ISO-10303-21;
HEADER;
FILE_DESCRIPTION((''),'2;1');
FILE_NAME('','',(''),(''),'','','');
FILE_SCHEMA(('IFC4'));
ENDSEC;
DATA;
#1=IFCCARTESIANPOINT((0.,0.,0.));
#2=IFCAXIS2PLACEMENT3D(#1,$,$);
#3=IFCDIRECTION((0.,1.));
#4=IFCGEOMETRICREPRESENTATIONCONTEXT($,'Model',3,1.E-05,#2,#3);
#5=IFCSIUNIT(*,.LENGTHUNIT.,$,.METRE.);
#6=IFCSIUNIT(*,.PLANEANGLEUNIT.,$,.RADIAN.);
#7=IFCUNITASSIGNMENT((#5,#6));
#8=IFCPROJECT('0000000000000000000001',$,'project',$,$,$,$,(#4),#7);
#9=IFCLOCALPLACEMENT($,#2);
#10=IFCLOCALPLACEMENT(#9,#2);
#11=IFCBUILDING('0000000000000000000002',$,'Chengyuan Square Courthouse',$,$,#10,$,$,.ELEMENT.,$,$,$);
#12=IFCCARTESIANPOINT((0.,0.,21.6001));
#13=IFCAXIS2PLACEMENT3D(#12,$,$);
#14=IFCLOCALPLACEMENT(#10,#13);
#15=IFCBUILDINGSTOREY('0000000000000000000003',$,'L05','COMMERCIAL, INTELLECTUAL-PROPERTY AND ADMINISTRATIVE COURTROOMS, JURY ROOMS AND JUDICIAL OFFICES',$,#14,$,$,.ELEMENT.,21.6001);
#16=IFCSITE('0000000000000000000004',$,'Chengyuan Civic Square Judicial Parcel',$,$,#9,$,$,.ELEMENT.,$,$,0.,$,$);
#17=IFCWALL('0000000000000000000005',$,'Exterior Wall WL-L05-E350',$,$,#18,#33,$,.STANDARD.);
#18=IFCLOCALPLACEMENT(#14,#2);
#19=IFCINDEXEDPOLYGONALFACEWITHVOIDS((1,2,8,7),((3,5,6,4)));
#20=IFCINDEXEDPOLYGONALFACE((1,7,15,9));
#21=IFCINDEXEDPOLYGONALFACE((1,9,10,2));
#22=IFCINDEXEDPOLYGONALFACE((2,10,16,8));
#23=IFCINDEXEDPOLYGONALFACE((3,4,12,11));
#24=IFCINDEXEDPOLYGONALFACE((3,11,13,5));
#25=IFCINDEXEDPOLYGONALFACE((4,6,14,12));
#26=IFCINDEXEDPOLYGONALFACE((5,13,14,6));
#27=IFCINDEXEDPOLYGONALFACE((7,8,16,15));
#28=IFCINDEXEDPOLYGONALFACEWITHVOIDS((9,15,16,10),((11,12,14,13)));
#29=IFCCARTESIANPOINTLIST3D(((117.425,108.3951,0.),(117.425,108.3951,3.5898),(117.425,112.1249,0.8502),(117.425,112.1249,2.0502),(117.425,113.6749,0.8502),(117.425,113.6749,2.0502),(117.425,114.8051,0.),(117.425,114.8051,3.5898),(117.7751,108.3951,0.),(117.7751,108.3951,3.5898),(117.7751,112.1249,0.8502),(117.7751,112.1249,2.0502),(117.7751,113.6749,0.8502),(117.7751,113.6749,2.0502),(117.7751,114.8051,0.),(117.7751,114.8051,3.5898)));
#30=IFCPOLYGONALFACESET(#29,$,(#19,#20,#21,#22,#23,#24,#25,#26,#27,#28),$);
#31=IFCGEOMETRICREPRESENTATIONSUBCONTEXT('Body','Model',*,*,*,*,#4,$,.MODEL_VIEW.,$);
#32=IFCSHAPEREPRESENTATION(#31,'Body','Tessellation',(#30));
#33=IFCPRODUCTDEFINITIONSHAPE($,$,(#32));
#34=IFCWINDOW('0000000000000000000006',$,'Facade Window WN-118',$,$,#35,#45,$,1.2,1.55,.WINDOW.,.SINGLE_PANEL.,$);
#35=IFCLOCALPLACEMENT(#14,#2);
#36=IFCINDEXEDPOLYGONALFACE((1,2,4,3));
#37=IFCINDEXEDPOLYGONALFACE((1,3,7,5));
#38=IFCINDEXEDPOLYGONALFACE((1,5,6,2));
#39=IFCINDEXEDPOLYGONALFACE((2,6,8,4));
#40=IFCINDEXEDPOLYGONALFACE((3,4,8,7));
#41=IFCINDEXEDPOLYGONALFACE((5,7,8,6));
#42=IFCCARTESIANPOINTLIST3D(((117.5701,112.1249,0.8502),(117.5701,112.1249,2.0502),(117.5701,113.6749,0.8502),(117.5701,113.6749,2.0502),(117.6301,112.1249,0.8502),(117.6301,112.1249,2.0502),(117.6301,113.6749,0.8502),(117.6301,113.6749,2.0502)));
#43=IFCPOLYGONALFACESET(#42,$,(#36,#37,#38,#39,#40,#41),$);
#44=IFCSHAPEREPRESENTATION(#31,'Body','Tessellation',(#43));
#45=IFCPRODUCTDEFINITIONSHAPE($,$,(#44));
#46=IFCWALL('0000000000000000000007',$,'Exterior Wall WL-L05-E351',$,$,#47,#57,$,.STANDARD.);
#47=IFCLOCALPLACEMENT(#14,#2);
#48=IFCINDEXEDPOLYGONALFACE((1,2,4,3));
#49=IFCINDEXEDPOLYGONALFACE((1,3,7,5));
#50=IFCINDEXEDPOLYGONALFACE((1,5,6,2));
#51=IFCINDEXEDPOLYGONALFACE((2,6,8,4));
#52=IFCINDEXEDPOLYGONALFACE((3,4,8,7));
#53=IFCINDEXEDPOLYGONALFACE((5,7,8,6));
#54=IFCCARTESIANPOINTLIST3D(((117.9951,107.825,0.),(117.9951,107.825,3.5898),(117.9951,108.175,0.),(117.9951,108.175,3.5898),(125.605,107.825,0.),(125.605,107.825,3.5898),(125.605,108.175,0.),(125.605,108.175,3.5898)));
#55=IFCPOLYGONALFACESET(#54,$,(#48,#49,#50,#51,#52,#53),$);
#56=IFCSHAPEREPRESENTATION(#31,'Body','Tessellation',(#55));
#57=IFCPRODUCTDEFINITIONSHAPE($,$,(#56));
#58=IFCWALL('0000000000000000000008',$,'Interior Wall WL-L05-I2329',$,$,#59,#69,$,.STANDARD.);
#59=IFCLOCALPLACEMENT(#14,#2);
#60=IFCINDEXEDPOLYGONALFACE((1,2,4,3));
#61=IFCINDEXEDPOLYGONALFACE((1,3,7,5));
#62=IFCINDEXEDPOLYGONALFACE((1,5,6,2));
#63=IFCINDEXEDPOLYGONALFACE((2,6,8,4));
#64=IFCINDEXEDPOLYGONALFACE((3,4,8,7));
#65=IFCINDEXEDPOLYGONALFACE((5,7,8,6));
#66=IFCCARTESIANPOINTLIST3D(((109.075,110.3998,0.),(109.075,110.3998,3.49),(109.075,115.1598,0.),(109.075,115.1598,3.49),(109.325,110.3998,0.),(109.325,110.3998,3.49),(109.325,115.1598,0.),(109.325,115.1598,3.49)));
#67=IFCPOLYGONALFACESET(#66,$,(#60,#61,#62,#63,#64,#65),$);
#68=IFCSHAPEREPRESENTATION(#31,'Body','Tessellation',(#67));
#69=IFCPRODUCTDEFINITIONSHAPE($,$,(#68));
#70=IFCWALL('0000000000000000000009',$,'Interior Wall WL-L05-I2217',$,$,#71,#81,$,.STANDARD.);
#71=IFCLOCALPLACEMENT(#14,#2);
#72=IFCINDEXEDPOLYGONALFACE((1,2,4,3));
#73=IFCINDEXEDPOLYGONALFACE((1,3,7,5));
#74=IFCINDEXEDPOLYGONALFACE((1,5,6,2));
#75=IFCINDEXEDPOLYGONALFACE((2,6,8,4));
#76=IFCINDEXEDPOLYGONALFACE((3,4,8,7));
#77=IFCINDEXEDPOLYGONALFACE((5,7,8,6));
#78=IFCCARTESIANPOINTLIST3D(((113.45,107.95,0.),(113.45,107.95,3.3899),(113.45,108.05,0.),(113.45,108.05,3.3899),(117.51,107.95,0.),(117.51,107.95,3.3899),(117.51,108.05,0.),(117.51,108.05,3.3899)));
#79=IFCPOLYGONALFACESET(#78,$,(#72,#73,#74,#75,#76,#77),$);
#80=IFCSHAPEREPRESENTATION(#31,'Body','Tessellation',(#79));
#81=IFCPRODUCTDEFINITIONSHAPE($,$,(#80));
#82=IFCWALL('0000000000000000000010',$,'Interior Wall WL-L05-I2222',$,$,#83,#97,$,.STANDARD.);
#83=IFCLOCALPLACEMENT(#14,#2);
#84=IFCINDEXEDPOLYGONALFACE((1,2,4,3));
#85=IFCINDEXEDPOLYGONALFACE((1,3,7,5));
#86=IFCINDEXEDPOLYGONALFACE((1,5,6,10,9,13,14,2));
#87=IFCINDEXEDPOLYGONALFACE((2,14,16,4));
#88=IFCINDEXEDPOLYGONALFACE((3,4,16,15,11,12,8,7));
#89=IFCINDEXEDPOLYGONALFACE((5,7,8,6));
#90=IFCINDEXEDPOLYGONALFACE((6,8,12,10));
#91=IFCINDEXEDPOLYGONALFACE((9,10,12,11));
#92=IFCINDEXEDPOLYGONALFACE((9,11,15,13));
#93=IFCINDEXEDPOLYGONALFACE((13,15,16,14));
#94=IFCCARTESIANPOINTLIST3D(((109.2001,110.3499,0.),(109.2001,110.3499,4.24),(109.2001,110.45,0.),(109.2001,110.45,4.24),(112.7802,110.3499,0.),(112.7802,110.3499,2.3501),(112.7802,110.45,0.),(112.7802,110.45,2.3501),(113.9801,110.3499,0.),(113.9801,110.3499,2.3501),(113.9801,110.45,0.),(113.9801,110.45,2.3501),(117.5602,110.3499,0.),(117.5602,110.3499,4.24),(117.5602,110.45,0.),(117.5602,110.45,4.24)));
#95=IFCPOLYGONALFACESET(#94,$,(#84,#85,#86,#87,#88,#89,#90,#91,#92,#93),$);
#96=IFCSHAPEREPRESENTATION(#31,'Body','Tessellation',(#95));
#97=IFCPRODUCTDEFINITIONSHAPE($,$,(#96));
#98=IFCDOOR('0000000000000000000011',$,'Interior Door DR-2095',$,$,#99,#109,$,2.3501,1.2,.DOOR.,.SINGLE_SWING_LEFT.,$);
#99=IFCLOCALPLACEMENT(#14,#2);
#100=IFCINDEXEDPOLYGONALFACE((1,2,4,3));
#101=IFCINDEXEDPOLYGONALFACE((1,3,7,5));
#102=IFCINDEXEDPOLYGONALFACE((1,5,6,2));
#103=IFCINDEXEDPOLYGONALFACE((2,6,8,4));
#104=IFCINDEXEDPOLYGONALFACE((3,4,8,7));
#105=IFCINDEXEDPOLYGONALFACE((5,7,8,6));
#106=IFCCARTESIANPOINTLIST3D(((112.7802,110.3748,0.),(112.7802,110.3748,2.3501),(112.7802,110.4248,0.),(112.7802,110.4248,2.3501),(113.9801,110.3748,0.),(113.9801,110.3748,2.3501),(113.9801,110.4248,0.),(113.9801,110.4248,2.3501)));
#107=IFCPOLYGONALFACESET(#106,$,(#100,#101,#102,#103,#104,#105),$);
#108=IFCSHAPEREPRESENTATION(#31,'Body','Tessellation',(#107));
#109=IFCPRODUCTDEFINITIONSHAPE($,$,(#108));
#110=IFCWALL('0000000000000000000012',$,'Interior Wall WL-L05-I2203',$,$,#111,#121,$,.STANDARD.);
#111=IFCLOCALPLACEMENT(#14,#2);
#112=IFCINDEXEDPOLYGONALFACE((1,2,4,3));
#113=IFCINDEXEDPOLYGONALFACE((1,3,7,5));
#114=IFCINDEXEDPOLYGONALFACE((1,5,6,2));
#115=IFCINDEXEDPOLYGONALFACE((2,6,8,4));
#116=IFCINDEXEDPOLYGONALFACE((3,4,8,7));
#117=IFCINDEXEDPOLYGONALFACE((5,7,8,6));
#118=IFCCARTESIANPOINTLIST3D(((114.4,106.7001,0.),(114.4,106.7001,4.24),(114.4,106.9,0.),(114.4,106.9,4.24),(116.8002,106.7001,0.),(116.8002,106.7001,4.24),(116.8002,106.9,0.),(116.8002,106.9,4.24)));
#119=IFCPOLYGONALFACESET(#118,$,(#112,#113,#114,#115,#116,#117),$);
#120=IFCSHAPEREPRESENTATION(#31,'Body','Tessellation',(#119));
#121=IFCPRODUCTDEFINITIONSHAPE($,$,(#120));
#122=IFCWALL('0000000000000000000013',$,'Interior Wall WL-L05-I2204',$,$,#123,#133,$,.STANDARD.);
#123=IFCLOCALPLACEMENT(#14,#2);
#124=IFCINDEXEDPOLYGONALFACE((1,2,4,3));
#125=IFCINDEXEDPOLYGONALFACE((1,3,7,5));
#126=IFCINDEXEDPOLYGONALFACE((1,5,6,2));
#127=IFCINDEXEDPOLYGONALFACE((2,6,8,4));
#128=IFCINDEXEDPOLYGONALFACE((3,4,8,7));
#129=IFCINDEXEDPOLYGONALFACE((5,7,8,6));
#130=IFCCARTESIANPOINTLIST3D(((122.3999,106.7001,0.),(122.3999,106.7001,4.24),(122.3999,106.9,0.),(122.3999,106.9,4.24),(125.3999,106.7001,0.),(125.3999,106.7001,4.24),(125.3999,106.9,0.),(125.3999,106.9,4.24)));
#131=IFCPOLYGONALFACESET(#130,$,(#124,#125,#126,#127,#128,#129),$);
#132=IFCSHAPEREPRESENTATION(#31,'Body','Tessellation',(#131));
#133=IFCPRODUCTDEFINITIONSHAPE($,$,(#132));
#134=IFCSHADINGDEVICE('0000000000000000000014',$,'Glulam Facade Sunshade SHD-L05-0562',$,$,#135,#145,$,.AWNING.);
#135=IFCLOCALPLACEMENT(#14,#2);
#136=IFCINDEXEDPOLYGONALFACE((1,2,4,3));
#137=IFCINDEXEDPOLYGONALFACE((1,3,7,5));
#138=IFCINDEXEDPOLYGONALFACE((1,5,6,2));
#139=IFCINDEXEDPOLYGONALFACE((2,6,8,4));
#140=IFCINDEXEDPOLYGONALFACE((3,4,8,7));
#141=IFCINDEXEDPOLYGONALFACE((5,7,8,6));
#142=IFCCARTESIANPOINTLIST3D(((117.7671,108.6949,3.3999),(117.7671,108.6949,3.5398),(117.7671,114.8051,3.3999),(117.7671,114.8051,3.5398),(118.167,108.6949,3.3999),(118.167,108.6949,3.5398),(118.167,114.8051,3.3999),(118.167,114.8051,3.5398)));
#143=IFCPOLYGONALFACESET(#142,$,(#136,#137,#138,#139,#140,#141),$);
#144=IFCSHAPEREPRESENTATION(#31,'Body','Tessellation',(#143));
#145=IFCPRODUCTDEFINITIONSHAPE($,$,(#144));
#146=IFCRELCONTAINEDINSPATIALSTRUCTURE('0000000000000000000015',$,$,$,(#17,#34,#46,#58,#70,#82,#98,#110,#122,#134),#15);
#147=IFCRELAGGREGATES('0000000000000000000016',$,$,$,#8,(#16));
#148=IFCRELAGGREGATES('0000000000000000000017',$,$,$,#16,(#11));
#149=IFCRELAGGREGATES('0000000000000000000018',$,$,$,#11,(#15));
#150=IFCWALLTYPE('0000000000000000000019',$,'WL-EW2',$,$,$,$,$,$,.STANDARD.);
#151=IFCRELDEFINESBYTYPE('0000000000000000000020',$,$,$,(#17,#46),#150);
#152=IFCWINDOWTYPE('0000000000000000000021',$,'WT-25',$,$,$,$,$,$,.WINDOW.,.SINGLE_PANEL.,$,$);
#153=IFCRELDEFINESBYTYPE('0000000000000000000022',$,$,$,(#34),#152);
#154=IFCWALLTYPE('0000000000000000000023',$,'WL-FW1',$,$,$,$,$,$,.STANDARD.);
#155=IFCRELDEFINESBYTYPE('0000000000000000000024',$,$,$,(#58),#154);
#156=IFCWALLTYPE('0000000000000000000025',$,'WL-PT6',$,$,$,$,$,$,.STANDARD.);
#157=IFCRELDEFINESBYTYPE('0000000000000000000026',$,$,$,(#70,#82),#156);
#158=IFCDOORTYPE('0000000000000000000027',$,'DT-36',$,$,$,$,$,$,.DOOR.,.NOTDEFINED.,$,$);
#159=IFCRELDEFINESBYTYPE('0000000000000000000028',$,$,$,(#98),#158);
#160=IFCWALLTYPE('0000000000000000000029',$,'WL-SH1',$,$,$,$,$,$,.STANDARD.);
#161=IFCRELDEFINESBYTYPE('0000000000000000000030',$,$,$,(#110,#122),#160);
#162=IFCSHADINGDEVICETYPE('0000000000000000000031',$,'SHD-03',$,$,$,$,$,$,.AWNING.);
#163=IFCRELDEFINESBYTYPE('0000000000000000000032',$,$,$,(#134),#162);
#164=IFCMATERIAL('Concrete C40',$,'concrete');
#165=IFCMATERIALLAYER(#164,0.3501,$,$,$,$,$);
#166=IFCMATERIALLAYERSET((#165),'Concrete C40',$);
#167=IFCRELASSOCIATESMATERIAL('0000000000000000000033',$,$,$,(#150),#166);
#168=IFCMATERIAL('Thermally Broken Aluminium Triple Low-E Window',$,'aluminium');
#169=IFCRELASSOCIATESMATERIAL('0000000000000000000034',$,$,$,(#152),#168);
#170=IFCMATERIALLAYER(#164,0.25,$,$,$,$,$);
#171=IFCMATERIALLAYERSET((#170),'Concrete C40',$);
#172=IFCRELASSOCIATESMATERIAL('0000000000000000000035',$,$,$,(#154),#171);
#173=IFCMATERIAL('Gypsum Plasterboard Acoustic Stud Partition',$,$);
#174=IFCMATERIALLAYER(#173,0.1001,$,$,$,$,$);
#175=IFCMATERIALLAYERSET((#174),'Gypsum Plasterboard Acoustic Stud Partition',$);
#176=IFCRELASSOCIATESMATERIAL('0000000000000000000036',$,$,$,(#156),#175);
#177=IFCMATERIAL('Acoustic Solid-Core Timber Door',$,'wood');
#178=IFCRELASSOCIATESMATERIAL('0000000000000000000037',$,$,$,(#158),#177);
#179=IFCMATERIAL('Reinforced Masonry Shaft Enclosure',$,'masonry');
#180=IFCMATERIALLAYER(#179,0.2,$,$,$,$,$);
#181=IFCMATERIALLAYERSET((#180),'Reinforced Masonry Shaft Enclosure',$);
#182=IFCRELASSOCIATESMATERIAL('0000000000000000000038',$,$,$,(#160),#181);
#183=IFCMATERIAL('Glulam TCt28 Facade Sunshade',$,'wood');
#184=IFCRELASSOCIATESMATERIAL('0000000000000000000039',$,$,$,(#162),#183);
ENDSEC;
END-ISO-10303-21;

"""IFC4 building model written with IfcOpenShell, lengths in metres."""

from ifc_helpers import new_model, si_unit, direction, frame, frame_2d, origin, origin_2d, place, context, subcontext, project, spatial, rectangle, extrude, material, layer, layer_set, type_object, element, fill, save


model = new_model("IFC4")

# Units and contexts
model_context = context("Model", 3, precision=1e-05, world=origin(), true_north=direction((0.0, 1.0)))
body_context = subcontext(model_context, "Body", "Model", "MODEL_VIEW")
ifc_project = project(units=[si_unit("LENGTHUNIT", "METRE"), si_unit("PLANEANGLEUNIT", "RADIAN")], contexts=[model_context])

# Site, building, storey
site_placement = place(None, origin())
site = spatial("IfcSite", under=ifc_project, at=site_placement, Name="Chengyuan Civic Square Judicial Parcel", CompositionType="ELEMENT", RefElevation=0.0)
building_placement = place(site_placement, origin())
building = spatial("IfcBuilding", under=site, at=building_placement, Name="Chengyuan Square Courthouse", CompositionType="ELEMENT")
storey_placement = place(building_placement, frame((0.0, 0.0, 21.6001)))
storey = spatial("IfcBuildingStorey", under=building, at=storey_placement, Name="L05", Description="COMMERCIAL, INTELLECTUAL-PROPERTY AND ADMINISTRATIVE COURTROOMS, JURY ROOMS AND JUDICIAL OFFICES", CompositionType="ELEMENT", Elevation=21.6001)

# Shared definitions
ifc_material_1 = material(Name="Concrete C40", Category="concrete")

# Wall, opening, window
ifc_layer_1 = layer(ifc_material_1, 0.3501)
ifc_layer_set_1 = layer_set([ifc_layer_1], Name="Concrete C40")
wall_type_1 = type_object("IfcWallType", Name="WL-EW2", PredefinedType="STANDARD", material=ifc_layer_set_1)
ifc_material_2 = material(Name="Thermally Broken Aluminium Triple Low-E Window", Category="aluminium")
wall_1_placement = place(storey_placement, frame((117.6001, 108.395, 0.0), z_axis=(0.0, 0.0, 1.0), x_axis=(0.0, 1.0, 0.0)))
wall_1 = element("IfcWall", 1, at=wall_1_placement, inside=storey, type_object=wall_type_1, Name="Exterior Wall WL-L05-E350", PredefinedType="STANDARD", context=body_context, shape_type="SweptSolid", body=[
    extrude(rectangle(XDim=6.4099, YDim=0.3501, at=frame_2d((3.2051, 0.0))), origin(), (0.0, 0.0, 1.0), 3.5898),
])
opening_1_placement = place(wall_1_placement, frame((3.73, 0.0, 0.8501)))
opening_1 = element("IfcOpeningElement", 2, at=opening_1_placement, cuts=wall_1, PredefinedType="OPENING", context=body_context, shape_type="SweptSolid", body=[
    extrude(rectangle(XDim=1.55, YDim=1.2, at=frame_2d((0.7749, 0.6001))), frame((0.0, 0.187, 0.0), z_axis=(0.0, -1.0, 0.0), x_axis=(1.0, 0.0, 0.0)), (0.0, 0.0, 1.0), 0.374),
])
window_type_1 = type_object("IfcWindowType", Name="WT-25", PartitioningType="SINGLE_PANEL", PredefinedType="WINDOW", material=ifc_material_2)
window_1_placement = place(opening_1_placement, origin())
window_1 = element("IfcWindow", 3, at=window_1_placement, inside=storey, type_object=window_type_1, Name="Facade Window WN-118", OverallHeight=1.2, OverallWidth=1.55, PartitioningType="SINGLE_PANEL", PredefinedType="WINDOW", context=body_context, shape_type="SweptSolid", body=[
    extrude(rectangle(XDim=1.55, YDim=1.2, at=frame_2d((0.7749, 0.6001))), frame((0.0, 0.03, 0.0), z_axis=(0.0, -1.0, 0.0), x_axis=(1.0, 0.0, 0.0)), (0.0, 0.0, 1.0), 0.0601),
])
fill(opening_1, window_1)

# Wall
wall_2_placement = place(storey_placement, frame((117.9951, 108.0, 0.0), z_axis=(0.0, 0.0, 1.0), x_axis=(1.0, 0.0, 0.0)))
element("IfcWall", 4, at=wall_2_placement, inside=storey, type_object=wall_type_1, Name="Exterior Wall WL-L05-E351", PredefinedType="STANDARD", context=body_context, shape_type="SweptSolid", body=[
    extrude(rectangle(XDim=7.6099, YDim=0.3501, at=frame_2d((3.8049, 0.0))), origin(), (0.0, 0.0, 1.0), 3.5898),
])

# Shared definitions
ifc_layer_2 = layer(ifc_material_1, 0.25)
ifc_layer_set_2 = layer_set([ifc_layer_2], Name="Concrete C40")
wall_type_2 = type_object("IfcWallType", Name="WL-FW1", PredefinedType="STANDARD", material=ifc_layer_set_2)

# Walls
wall_3_placement = place(storey_placement, frame((109.2, 110.3999, 0.0), z_axis=(0.0, 0.0, 1.0), x_axis=(0.0, 1.0, 0.0)))
element("IfcWall", 5, at=wall_3_placement, inside=storey, type_object=wall_type_2, Name="Interior Wall WL-L05-I2329", PredefinedType="STANDARD", context=body_context, shape_type="SweptSolid", body=[
    extrude(rectangle(XDim=4.76, YDim=0.25, at=frame_2d((2.3799, 0.0))), origin(), (0.0, 0.0, 1.0), 3.49),
])
ifc_material_3 = material(Name="Gypsum Plasterboard Acoustic Stud Partition")
ifc_layer_3 = layer(ifc_material_3, 0.1001)
ifc_layer_set_3 = layer_set([ifc_layer_3], Name="Gypsum Plasterboard Acoustic Stud Partition")
wall_type_3 = type_object("IfcWallType", Name="WL-PT6", PredefinedType="STANDARD", material=ifc_layer_set_3)
wall_4_placement = place(storey_placement, frame((113.45, 108.0, 0.0), z_axis=(0.0, 0.0, 1.0), x_axis=(1.0, 0.0, 0.0)))
element("IfcWall", 6, at=wall_4_placement, inside=storey, type_object=wall_type_3, Name="Interior Wall WL-L05-I2217", PredefinedType="STANDARD", context=body_context, shape_type="SweptSolid", body=[
    extrude(rectangle(XDim=4.0601, YDim=0.1001, at=frame_2d((2.03, 0.0))), origin(), (0.0, 0.0, 1.0), 3.3899),
])

# Wall, opening, door
wall_5_placement = place(storey_placement, frame((109.2, 110.3999, 0.0), z_axis=(0.0, 0.0, 1.0), x_axis=(1.0, 0.0, 0.0)))
wall_5 = element("IfcWall", 7, at=wall_5_placement, inside=storey, type_object=wall_type_3, Name="Interior Wall WL-L05-I2222", PredefinedType="STANDARD", context=body_context, shape_type="SweptSolid", body=[
    extrude(rectangle(XDim=8.3601, YDim=0.1001, at=frame_2d((4.1802, 0.0))), origin(), (0.0, 0.0, 1.0), 4.24),
])
opening_2_placement = place(wall_5_placement, frame((3.5801, 0.0, 0.0)))
opening_2 = element("IfcOpeningElement", 8, at=opening_2_placement, cuts=wall_5, PredefinedType="OPENING", context=body_context, shape_type="SweptSolid", body=[
    extrude(rectangle(XDim=1.2, YDim=2.3501, at=frame_2d((0.6001, 1.175))), frame((0.0, 0.062, 0.0), z_axis=(0.0, -1.0, 0.0), x_axis=(1.0, 0.0, 0.0)), (0.0, 0.0, 1.0), 0.124),
])
ifc_material_4 = material(Name="Acoustic Solid-Core Timber Door", Category="wood")
door_type_1 = type_object("IfcDoorType", Name="DT-36", OperationType="NOTDEFINED", PredefinedType="DOOR", material=ifc_material_4)
door_1_placement = place(opening_2_placement, origin())
door_1 = element("IfcDoor", 9, at=door_1_placement, inside=storey, type_object=door_type_1, Name="Interior Door DR-2095", OperationType="SINGLE_SWING_LEFT", OverallHeight=2.3501, OverallWidth=1.2, PredefinedType="DOOR", context=body_context, shape_type="SweptSolid", body=[
    extrude(rectangle(XDim=1.2, YDim=2.3501, at=frame_2d((0.6001, 1.175))), frame((0.0, 0.0249, 0.0), z_axis=(0.0, -1.0, 0.0), x_axis=(1.0, 0.0, 0.0)), (0.0, 0.0, 1.0), 0.05),
])
fill(opening_2, door_1)

# Walls
ifc_material_5 = material(Name="Reinforced Masonry Shaft Enclosure", Category="masonry")
ifc_layer_4 = layer(ifc_material_5, 0.2)
ifc_layer_set_4 = layer_set([ifc_layer_4], Name="Reinforced Masonry Shaft Enclosure")
wall_type_4 = type_object("IfcWallType", Name="WL-SH1", PredefinedType="STANDARD", material=ifc_layer_set_4)
wall_6_placement = place(storey_placement, frame((114.3999, 106.8, 0.0), z_axis=(0.0, 0.0, 1.0), x_axis=(1.0, 0.0, 0.0)))
element("IfcWall", 10, at=wall_6_placement, inside=storey, type_object=wall_type_4, Name="Interior Wall WL-L05-I2203", PredefinedType="STANDARD", context=body_context, shape_type="SweptSolid", body=[
    extrude(rectangle(XDim=2.4001, YDim=0.2, at=frame_2d((1.2002, 0.0))), origin(), (0.0, 0.0, 1.0), 4.24),
])
wall_7_placement = place(storey_placement, frame((122.3999, 106.8, 0.0), z_axis=(0.0, 0.0, 1.0), x_axis=(1.0, 0.0, 0.0)))
element("IfcWall", 11, at=wall_7_placement, inside=storey, type_object=wall_type_4, Name="Interior Wall WL-L05-I2204", PredefinedType="STANDARD", context=body_context, shape_type="SweptSolid", body=[
    extrude(rectangle(XDim=3.0, YDim=0.2, at=frame_2d((1.5, 0.0))), origin(), (0.0, 0.0, 1.0), 4.24),
])

# Shading device
ifc_material_6 = material(Name="Glulam TCt28 Facade Sunshade", Category="wood")
shading_device_type = type_object("IfcShadingDeviceType", Name="SHD-03", PredefinedType="AWNING", material=ifc_material_6)
shading_device_placement = place(storey_placement, frame((117.967, 111.75, 3.3999), z_axis=(0.0, 0.0, 1.0), x_axis=(0.0, 1.0, 0.0)))
element("IfcShadingDevice", 12, at=shading_device_placement, inside=storey, type_object=shading_device_type, Name="Glulam Facade Sunshade SHD-L05-0562", PredefinedType="AWNING", context=body_context, shape_type="SweptSolid", body=[
    extrude(rectangle(XDim=6.1101, YDim=0.3999, at=origin_2d()), origin(), (0.0, 0.0, 1.0), 0.1399),
])

save(model, "model.ifc")
